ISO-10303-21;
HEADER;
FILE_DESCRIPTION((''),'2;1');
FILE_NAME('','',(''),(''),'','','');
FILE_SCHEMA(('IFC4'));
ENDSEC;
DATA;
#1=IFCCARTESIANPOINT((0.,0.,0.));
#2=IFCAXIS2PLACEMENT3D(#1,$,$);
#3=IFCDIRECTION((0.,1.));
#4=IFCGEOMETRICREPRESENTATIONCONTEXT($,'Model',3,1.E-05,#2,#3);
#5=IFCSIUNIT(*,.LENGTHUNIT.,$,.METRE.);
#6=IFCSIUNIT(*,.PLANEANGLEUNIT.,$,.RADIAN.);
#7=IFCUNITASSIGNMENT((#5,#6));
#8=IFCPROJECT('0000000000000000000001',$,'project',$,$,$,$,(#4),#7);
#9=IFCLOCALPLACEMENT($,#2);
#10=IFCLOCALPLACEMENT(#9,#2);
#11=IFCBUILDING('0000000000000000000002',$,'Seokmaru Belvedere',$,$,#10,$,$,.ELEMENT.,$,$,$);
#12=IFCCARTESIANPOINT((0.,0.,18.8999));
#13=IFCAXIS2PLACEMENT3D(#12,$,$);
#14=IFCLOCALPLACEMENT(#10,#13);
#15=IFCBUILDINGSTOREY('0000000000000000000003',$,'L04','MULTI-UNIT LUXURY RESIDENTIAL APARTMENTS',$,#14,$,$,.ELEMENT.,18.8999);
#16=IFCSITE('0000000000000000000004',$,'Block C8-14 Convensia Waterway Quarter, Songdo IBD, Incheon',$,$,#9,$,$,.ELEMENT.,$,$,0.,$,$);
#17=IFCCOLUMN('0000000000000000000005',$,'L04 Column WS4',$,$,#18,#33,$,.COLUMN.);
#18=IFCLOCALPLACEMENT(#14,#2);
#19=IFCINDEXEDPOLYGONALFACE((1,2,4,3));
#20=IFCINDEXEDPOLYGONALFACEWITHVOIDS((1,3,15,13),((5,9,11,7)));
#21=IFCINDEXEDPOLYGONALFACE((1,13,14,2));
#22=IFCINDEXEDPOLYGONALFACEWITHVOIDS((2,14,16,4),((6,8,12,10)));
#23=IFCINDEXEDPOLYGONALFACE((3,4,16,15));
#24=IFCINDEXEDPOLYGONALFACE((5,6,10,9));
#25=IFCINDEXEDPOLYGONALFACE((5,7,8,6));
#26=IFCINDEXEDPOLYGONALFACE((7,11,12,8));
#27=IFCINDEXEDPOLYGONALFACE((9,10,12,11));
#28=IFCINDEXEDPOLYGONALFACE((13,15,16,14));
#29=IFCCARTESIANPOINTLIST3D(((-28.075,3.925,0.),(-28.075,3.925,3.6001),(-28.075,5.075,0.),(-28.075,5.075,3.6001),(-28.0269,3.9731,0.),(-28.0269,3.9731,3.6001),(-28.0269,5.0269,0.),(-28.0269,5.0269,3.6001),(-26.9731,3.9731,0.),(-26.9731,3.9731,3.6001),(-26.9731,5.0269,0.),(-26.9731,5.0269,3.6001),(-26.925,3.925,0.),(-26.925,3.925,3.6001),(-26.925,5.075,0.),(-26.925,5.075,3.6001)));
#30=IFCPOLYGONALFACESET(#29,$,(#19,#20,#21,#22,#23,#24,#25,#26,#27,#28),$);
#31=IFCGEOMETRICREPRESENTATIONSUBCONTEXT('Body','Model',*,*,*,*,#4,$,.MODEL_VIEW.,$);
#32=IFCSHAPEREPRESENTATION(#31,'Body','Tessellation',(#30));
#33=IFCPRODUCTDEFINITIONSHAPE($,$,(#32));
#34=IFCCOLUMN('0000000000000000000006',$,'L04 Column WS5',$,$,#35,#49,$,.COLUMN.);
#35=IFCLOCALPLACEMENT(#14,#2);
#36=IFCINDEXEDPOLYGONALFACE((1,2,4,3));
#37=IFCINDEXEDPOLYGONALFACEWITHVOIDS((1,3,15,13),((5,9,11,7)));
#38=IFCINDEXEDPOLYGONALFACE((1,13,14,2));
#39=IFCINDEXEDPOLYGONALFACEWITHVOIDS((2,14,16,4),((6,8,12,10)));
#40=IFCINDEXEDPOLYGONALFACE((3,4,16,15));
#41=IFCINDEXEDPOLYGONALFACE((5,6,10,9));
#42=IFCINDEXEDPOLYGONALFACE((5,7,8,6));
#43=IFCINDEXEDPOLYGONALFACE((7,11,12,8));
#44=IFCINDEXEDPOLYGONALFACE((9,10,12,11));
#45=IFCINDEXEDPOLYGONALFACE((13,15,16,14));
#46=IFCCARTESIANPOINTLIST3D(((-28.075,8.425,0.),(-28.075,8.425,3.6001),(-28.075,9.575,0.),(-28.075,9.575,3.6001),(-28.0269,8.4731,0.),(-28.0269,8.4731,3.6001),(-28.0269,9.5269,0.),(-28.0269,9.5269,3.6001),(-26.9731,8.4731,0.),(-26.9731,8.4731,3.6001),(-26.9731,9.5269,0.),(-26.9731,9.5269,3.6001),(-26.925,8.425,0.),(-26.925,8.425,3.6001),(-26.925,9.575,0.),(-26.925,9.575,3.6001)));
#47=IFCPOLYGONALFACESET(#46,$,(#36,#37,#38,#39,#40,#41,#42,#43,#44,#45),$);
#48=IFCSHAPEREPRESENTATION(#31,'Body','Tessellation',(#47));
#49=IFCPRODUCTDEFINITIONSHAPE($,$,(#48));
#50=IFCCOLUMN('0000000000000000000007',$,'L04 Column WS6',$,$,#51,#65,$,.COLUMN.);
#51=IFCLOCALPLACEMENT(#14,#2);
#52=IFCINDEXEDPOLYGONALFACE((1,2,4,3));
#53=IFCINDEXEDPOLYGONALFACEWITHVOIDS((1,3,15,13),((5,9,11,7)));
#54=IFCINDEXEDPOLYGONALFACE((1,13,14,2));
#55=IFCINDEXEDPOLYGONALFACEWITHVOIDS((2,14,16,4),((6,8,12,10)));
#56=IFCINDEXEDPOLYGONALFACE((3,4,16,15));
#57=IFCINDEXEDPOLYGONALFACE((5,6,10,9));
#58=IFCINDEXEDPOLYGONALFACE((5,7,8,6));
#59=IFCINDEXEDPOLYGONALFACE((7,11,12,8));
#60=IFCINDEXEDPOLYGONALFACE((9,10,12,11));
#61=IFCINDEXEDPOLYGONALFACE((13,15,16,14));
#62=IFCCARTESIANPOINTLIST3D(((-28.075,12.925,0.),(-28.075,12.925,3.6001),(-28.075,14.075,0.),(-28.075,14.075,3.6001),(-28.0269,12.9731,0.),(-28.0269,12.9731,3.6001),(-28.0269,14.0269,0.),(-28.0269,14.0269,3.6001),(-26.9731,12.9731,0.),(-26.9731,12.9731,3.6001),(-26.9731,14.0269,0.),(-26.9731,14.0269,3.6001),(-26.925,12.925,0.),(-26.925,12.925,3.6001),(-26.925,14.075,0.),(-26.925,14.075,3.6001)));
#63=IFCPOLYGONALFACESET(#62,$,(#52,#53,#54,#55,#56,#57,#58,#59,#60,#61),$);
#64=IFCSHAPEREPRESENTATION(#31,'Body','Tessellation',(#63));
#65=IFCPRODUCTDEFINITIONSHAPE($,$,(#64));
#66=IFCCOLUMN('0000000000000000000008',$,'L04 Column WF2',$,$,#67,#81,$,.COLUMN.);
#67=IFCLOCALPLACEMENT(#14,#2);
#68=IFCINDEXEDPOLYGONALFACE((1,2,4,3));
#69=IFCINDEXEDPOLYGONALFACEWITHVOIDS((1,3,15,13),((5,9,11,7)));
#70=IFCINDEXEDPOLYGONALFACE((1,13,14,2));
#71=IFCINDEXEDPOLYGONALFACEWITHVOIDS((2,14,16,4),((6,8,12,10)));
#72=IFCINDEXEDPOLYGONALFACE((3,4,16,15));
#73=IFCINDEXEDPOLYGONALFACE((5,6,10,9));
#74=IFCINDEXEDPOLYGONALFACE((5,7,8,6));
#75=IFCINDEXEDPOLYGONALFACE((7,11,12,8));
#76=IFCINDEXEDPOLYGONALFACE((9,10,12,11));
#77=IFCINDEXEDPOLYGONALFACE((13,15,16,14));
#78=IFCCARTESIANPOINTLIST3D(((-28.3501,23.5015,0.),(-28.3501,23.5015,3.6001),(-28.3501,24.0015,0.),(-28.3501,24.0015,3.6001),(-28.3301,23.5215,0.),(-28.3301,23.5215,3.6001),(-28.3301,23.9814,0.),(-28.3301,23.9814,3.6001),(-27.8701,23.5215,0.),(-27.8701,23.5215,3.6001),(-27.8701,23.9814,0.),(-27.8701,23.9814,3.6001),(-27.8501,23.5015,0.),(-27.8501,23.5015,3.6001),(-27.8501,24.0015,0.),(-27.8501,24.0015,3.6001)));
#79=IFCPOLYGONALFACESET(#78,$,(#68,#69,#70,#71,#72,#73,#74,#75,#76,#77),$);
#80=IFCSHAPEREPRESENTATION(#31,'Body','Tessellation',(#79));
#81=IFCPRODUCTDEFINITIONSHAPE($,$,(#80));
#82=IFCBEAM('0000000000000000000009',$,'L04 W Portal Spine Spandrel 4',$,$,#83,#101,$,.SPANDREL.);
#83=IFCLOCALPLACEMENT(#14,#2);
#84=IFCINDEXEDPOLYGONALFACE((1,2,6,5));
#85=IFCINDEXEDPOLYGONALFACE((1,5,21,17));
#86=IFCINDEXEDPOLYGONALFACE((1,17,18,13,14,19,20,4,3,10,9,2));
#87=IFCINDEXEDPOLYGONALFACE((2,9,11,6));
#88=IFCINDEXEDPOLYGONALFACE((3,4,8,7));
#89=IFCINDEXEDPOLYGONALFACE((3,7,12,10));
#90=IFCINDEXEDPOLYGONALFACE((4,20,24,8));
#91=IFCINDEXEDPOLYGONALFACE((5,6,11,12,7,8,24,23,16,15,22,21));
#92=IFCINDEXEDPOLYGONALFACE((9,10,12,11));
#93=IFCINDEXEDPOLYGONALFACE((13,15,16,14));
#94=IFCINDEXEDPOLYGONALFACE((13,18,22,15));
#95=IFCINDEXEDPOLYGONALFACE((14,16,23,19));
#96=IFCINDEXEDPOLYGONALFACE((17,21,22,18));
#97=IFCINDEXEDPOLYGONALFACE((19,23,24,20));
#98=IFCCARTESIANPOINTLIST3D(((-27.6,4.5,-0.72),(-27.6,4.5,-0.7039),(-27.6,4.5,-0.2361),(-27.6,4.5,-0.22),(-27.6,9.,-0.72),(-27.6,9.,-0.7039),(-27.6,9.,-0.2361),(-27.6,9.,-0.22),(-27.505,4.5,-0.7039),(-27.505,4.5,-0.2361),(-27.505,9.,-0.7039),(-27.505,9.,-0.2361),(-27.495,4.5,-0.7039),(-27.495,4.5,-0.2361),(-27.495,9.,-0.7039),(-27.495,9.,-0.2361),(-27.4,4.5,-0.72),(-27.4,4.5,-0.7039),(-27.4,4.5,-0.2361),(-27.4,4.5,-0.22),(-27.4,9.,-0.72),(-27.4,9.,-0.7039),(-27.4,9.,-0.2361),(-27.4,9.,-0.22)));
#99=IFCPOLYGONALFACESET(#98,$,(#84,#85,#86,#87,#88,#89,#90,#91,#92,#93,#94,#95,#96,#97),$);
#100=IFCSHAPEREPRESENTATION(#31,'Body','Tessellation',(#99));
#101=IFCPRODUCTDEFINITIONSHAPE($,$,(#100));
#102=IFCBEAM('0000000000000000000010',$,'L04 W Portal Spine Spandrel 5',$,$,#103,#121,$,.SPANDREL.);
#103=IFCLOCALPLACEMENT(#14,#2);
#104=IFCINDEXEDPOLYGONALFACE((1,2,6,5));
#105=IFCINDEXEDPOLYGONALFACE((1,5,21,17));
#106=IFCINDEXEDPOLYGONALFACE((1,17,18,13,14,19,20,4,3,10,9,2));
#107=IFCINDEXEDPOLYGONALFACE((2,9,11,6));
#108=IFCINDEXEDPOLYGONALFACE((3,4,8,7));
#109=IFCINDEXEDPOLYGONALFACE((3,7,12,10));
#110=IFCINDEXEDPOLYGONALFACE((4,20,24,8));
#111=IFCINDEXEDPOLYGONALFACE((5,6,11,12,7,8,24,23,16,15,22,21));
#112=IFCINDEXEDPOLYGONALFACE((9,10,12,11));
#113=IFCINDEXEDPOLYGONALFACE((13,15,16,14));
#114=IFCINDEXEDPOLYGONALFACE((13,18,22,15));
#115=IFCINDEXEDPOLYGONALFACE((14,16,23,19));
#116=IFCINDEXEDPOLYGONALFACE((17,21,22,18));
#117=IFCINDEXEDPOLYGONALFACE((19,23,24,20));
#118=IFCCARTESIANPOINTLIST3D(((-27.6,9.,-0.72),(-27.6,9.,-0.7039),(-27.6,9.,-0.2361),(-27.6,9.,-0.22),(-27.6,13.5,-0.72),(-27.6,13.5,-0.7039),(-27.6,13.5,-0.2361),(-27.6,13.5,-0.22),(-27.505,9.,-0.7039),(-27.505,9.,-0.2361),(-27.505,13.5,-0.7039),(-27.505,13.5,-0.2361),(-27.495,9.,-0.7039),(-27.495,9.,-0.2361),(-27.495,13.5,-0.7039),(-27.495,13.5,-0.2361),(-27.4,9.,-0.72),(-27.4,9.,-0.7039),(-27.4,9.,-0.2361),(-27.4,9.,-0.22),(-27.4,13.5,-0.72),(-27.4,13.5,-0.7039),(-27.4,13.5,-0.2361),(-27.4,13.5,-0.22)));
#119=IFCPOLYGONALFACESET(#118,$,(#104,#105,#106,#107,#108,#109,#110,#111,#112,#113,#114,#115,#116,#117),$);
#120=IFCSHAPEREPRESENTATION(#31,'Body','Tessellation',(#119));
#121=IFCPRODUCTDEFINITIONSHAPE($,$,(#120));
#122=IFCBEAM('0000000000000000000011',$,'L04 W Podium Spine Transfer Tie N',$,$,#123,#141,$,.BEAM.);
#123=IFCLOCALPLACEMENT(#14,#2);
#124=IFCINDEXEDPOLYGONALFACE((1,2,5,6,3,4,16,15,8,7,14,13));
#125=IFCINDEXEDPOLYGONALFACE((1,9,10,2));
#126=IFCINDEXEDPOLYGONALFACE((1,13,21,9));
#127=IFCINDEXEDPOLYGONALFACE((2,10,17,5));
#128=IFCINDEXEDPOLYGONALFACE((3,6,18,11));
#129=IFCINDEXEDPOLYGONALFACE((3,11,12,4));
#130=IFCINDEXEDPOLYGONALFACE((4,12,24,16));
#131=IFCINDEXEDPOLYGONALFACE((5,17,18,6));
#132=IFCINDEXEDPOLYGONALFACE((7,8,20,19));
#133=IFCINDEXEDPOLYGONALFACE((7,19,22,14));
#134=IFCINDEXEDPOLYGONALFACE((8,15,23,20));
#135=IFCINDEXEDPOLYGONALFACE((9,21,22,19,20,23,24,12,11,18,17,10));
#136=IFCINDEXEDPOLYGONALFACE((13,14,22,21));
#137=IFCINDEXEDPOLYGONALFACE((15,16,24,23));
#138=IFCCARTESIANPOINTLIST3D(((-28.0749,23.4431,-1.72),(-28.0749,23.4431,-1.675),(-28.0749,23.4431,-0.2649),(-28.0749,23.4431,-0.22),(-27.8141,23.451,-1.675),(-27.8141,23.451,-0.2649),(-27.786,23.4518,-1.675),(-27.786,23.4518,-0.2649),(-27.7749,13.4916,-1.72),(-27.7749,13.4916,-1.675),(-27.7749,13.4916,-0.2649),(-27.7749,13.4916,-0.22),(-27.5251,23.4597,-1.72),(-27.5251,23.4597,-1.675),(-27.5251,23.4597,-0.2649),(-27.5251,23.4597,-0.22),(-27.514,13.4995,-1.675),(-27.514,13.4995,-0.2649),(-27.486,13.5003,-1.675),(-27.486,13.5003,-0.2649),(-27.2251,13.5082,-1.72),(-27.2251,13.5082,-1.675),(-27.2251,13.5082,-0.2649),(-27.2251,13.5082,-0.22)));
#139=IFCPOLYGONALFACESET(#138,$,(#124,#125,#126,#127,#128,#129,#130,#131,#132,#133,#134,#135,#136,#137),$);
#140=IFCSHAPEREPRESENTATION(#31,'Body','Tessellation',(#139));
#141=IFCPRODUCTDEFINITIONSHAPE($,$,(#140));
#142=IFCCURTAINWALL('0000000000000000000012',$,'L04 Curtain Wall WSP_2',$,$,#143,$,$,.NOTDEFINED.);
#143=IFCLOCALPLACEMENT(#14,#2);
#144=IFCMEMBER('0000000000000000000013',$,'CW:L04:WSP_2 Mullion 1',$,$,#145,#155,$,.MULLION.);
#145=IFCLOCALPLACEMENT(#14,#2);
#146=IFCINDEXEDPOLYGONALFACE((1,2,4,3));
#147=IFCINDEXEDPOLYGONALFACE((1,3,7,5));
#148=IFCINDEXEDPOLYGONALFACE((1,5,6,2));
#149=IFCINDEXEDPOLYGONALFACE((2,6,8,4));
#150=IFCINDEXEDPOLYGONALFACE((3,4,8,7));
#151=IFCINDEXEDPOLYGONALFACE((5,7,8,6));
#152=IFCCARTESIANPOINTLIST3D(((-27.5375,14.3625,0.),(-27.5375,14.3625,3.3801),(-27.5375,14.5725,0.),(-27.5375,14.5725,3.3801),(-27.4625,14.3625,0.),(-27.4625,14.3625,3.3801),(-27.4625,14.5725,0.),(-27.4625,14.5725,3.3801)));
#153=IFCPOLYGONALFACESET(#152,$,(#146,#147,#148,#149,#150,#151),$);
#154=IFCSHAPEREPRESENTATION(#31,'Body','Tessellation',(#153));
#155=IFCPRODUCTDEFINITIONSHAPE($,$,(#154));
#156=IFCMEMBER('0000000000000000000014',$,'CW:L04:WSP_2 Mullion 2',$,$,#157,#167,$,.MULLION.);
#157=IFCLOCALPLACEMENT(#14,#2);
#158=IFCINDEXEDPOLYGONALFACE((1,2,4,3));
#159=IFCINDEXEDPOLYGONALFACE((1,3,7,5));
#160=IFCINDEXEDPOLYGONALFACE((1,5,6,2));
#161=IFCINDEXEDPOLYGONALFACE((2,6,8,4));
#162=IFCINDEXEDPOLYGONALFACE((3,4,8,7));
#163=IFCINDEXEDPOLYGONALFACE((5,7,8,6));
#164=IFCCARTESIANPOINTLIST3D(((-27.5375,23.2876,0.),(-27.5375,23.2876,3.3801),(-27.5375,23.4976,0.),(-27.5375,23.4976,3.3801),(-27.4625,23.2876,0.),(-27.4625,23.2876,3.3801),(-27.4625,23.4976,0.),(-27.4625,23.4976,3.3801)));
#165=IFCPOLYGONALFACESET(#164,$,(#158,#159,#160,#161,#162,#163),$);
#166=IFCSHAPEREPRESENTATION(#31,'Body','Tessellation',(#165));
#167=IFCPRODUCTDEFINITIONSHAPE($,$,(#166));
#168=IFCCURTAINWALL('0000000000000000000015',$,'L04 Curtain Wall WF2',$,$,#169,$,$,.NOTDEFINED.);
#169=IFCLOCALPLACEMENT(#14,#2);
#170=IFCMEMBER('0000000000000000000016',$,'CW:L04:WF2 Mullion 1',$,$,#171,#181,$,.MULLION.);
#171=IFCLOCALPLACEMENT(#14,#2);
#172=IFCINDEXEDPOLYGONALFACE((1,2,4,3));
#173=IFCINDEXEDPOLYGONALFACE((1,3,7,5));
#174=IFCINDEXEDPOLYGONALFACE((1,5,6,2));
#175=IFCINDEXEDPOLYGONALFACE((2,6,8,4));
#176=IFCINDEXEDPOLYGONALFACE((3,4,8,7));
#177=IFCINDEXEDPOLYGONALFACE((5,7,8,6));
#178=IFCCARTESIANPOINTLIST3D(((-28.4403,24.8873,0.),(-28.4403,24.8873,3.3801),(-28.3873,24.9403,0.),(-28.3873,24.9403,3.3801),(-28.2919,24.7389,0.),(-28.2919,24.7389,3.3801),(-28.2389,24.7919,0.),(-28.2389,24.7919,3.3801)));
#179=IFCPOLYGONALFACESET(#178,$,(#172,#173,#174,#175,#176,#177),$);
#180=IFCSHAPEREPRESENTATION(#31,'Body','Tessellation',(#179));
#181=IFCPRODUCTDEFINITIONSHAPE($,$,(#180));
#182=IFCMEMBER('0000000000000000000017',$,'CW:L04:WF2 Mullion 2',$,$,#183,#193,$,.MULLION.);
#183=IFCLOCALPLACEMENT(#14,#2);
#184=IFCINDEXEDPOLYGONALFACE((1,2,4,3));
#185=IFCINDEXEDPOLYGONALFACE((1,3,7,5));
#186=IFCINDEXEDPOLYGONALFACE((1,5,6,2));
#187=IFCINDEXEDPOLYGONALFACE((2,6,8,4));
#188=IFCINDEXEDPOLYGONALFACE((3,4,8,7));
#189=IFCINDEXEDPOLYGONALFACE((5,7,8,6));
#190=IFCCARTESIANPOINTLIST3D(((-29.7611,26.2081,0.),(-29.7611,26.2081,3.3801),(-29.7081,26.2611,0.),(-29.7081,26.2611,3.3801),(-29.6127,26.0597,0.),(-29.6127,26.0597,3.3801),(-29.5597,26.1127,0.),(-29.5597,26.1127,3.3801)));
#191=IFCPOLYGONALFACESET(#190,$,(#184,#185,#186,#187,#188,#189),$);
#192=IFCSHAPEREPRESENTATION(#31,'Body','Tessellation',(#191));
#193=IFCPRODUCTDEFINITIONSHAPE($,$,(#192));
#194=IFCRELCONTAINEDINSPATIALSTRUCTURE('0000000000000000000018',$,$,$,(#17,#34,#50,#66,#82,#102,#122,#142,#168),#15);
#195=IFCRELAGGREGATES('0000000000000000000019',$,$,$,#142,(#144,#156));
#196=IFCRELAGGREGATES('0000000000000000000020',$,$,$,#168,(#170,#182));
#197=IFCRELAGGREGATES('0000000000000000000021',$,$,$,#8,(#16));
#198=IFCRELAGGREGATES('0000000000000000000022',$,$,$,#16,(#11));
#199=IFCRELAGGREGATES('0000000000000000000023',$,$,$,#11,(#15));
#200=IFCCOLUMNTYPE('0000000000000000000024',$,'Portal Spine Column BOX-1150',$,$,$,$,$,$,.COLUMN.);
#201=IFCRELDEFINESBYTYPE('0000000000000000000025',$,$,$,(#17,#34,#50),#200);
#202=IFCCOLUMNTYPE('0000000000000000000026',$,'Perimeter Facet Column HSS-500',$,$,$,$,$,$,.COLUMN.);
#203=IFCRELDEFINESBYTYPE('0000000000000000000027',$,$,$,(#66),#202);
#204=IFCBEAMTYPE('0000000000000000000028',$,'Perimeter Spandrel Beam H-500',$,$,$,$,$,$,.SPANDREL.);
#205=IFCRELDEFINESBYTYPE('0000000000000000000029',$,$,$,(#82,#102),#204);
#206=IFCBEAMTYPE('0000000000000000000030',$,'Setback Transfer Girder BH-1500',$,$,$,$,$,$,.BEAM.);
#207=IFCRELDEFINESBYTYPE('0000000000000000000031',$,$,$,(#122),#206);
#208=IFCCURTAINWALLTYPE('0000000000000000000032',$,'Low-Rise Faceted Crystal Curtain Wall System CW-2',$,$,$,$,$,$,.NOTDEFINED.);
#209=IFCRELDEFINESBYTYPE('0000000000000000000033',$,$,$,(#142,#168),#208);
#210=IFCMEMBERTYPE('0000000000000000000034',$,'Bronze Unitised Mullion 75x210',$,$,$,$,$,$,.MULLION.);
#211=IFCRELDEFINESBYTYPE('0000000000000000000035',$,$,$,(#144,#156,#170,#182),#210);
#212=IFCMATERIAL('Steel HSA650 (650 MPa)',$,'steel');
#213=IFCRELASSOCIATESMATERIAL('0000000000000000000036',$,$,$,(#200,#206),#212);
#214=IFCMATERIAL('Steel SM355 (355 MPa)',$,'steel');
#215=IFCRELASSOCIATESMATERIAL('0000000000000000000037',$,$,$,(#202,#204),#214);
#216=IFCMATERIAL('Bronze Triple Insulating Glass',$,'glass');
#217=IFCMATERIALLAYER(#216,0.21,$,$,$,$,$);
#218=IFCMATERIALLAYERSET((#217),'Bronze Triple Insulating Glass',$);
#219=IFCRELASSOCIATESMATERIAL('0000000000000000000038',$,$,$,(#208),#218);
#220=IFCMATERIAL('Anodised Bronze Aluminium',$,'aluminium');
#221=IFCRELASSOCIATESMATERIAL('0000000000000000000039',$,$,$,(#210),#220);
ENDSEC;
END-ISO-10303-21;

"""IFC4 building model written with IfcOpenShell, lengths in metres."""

from ifc_helpers import new_model, si_unit, direction, frame, origin, origin_2d, place, context, subcontext, project, spatial, rectangle, hollow_rectangle, i_section, extrude, source, transform, mapped, material, layer, layer_set, material_profile, profile_set, type_object, type_shapes, element, aggregate, save


model = new_model("IFC4")

# Units and contexts
model_context = context("Model", 3, precision=1e-05, world=origin(), true_north=direction((0.0, 1.0)))
body_context = subcontext(model_context, "Body", "Model", "MODEL_VIEW")
ifc_project = project(units=[si_unit("LENGTHUNIT", "METRE"), si_unit("PLANEANGLEUNIT", "RADIAN")], contexts=[model_context])

# Site, building, storey
site_placement = place(None, origin())
site = spatial("IfcSite", under=ifc_project, at=site_placement, Name="Block C8-14 Convensia Waterway Quarter, Songdo IBD, Incheon", CompositionType="ELEMENT", RefElevation=0.0)
building_placement = place(site_placement, origin())
building = spatial("IfcBuilding", under=site, at=building_placement, Name="Seokmaru Belvedere", CompositionType="ELEMENT")
storey_placement = place(building_placement, frame((0.0, 0.0, 18.8999)))
storey = spatial("IfcBuildingStorey", under=building, at=storey_placement, Name="L04", Description="MULTI-UNIT LUXURY RESIDENTIAL APARTMENTS", CompositionType="ELEMENT", Elevation=18.8999)

# Columns
ifc_material_1 = material(Name="Steel HSA650 (650 MPa)", Category="steel")
ifc_material_profile_1 = material_profile(ifc_material_1, hollow_rectangle(XDim=1.1499, YDim=1.1499, WallThickness=0.0481, at=origin_2d()), Name="BOX-1150x1150x48")
ifc_profile_set_1 = profile_set([ifc_material_profile_1], Name="Steel HSA650 (650 MPa)")
column_type_1 = type_object("IfcColumnType", Name="Portal Spine Column BOX-1150", PredefinedType="COLUMN", material=ifc_profile_set_1)
shared_shape_1 = source(origin(), body_context, "Body", "SweptSolid", [
    extrude(hollow_rectangle(XDim=1.1499, YDim=1.1499, WallThickness=0.0481, at=origin_2d()), origin(), (0.0, 0.0, 1.0), 3.6001),
])
type_shapes(column_type_1, [shared_shape_1])
for number, where, z_axis, x_axis, name in (
    (1, (-27.5, 4.5, 0.0), (0.0, 0.0, 1.0), (1.0, 0.0, 0.0), "L04 Column WS4"),
    (2, (-27.5, 9.0, 0.0), (0.0, 0.0, 1.0), (1.0, 0.0, 0.0), "L04 Column WS5"),
    (3, (-27.5, 13.5, 0.0), (0.0, 0.0, 1.0), (1.0, 0.0, 0.0), "L04 Column WS6"),
):
    element("IfcColumn", number, at=place(storey_placement, frame(where, z_axis=z_axis, x_axis=x_axis)), inside=storey, type_object=column_type_1, Name=name, PredefinedType="COLUMN", context=body_context, shape_type="MappedRepresentation", body=[
        mapped(shared_shape_1, transform((0.0, 0.0, 0.0), scale=1.0)),
    ])
ifc_material_2 = material(Name="Steel SM355 (355 MPa)", Category="steel")
ifc_material_profile_2 = material_profile(ifc_material_2, hollow_rectangle(XDim=0.5, YDim=0.5, WallThickness=0.02, at=origin_2d()), Name="HSS-500x500x20")
ifc_profile_set_2 = profile_set([ifc_material_profile_2], Name="Steel SM355 (355 MPa)")
column_type_2 = type_object("IfcColumnType", Name="Perimeter Facet Column HSS-500", PredefinedType="COLUMN", material=ifc_profile_set_2)
shared_shape_2 = source(origin(), body_context, "Body", "SweptSolid", [
    extrude(hollow_rectangle(XDim=0.5, YDim=0.5, WallThickness=0.02, at=origin_2d()), origin(), (0.0, 0.0, 1.0), 3.6001),
])
type_shapes(column_type_2, [shared_shape_2])
column_placement = place(storey_placement, frame((-28.1001, 23.7515, 0.0), z_axis=(0.0, 0.0, 1.0), x_axis=(1.0, 0.0, 0.0)))
element("IfcColumn", 4, at=column_placement, inside=storey, type_object=column_type_2, Name="L04 Column WF2", PredefinedType="COLUMN", context=body_context, shape_type="MappedRepresentation", body=[
    mapped(shared_shape_2, transform((0.0, 0.0, 0.0), scale=1.0)),
])

# Beams
ifc_material_profile_3 = material_profile(ifc_material_2, i_section(OverallWidth=0.2, OverallDepth=0.5, WebThickness=0.01, FlangeThickness=0.0161, at=origin_2d()), Name="H-500x200x10x16")
ifc_profile_set_3 = profile_set([ifc_material_profile_3], Name="Steel SM355 (355 MPa)")
beam_type_1 = type_object("IfcBeamType", Name="Perimeter Spandrel Beam H-500", PredefinedType="SPANDREL", material=ifc_profile_set_3)
shared_shape_3 = source(origin(), body_context, "Body", "SweptSolid", [
    extrude(i_section(OverallWidth=0.2, OverallDepth=0.5, WebThickness=0.01, FlangeThickness=0.0161, at=origin_2d()), origin(), (0.0, 0.0, 1.0), 4.5),
])
type_shapes(beam_type_1, [shared_shape_3])
for number, where, z_axis, x_axis, name in (
    (5, (-27.5, 4.5, -0.47), (0.0, 1.0, 0.0), (-1.0, 0.0, 0.0), "L04 W Portal Spine Spandrel 4"),
    (6, (-27.5, 9.0, -0.47), (0.0, 1.0, 0.0), (-1.0, 0.0, 0.0), "L04 W Portal Spine Spandrel 5"),
):
    element("IfcBeam", number, at=place(storey_placement, frame(where, z_axis=z_axis, x_axis=x_axis)), inside=storey, type_object=beam_type_1, Name=name, PredefinedType="SPANDREL", context=body_context, shape_type="MappedRepresentation", body=[
        mapped(shared_shape_3, transform((0.0, 0.0, 0.0), scale=1.0)),
    ])
ifc_material_profile_4 = material_profile(ifc_material_1, i_section(OverallWidth=0.55, OverallDepth=1.5, WebThickness=0.0281, FlangeThickness=0.0449, at=origin_2d()), Name="BH-1500x550x28x45")
ifc_profile_set_4 = profile_set([ifc_material_profile_4], Name="Steel HSA650 (650 MPa)")
beam_type_2 = type_object("IfcBeamType", Name="Setback Transfer Girder BH-1500", PredefinedType="BEAM", material=ifc_profile_set_4)
shared_shape_4 = source(origin(), body_context, "Body", "SweptSolid", [
    extrude(i_section(OverallWidth=0.55, OverallDepth=1.5, WebThickness=0.0281, FlangeThickness=0.0449, at=origin_2d()), origin(), (0.0, 0.0, 1.0), 9.9561),
])
type_shapes(beam_type_2, [shared_shape_4])
beam_placement = place(storey_placement, frame((-27.8, 23.4514, -0.97), z_axis=(0.030138, -0.999546, 0.0), x_axis=(0.999546, 0.030138, 0.0)))
element("IfcBeam", 7, at=beam_placement, inside=storey, type_object=beam_type_2, Name="L04 W Podium Spine Transfer Tie N", PredefinedType="BEAM", context=body_context, shape_type="MappedRepresentation", body=[
    mapped(shared_shape_4, transform((0.0, 0.0, 0.0), scale=1.0)),
])

# Curtain walls, members
ifc_material_3 = material(Name="Bronze Triple Insulating Glass", Category="glass")
ifc_layer_1 = layer(ifc_material_3, 0.21)
ifc_layer_set_1 = layer_set([ifc_layer_1], Name="Bronze Triple Insulating Glass")
curtain_wall_type = type_object("IfcCurtainWallType", Name="Low-Rise Faceted Crystal Curtain Wall System CW-2", PredefinedType="NOTDEFINED", material=ifc_layer_set_1)
curtain_wall_1_placement = place(storey_placement, origin())
curtain_wall_1 = element("IfcCurtainWall", 8, at=curtain_wall_1_placement, inside=storey, type_object=curtain_wall_type, Name="L04 Curtain Wall WSP_2", PredefinedType="NOTDEFINED")
ifc_material_4 = material(Name="Anodised Bronze Aluminium", Category="aluminium")
ifc_material_profile_5 = material_profile(ifc_material_4, rectangle(XDim=0.075, YDim=0.21, at=origin_2d()), Name="CW-M-75x210")
ifc_profile_set_5 = profile_set([ifc_material_profile_5], Name="Anodised Bronze Aluminium")
member_type_1 = type_object("IfcMemberType", Name="Bronze Unitised Mullion 75x210", PredefinedType="MULLION", material=ifc_profile_set_5)
shared_shape_5 = source(origin(), body_context, "Body", "SweptSolid", [
    extrude(rectangle(XDim=0.075, YDim=0.21, at=origin_2d()), origin(), (0.0, 0.0, 1.0), 3.3801),
])
type_shapes(member_type_1, [shared_shape_5])
member_1_placement = place(storey_placement, frame((-27.5, 14.4675, 0.0), z_axis=(0.0, 0.0, 1.0), x_axis=(-1.0, 0.0, 0.0)))
member_1 = element("IfcMember", 9, at=member_1_placement, type_object=member_type_1, Name="CW:L04:WSP_2 Mullion 1", PredefinedType="MULLION", context=body_context, shape_type="MappedRepresentation", body=[
    mapped(shared_shape_5, transform((0.0, 0.0, 0.0), scale=1.0)),
])
member_2_placement = place(storey_placement, frame((-27.5, 23.3926, 0.0), z_axis=(0.0, 0.0, 1.0), x_axis=(-1.0, 0.0, 0.0)))
member_2 = element("IfcMember", 10, at=member_2_placement, type_object=member_type_1, Name="CW:L04:WSP_2 Mullion 2", PredefinedType="MULLION", context=body_context, shape_type="MappedRepresentation", body=[
    mapped(shared_shape_5, transform((0.0, 0.0, 0.0), scale=1.0)),
])
curtain_wall_2_placement = place(storey_placement, origin())
curtain_wall_2 = element("IfcCurtainWall", 11, at=curtain_wall_2_placement, inside=storey, type_object=curtain_wall_type, Name="L04 Curtain Wall WF2", PredefinedType="NOTDEFINED")
member_3_placement = place(storey_placement, frame((-28.3396, 24.8396, 0.0), z_axis=(0.0, 0.0, 1.0), x_axis=(-0.707107, -0.707107, 0.0)))
member_3 = element("IfcMember", 12, at=member_3_placement, type_object=member_type_1, Name="CW:L04:WF2 Mullion 1", PredefinedType="MULLION", context=body_context, shape_type="MappedRepresentation", body=[
    mapped(shared_shape_5, transform((0.0, 0.0, 0.0), scale=1.0)),
])
member_4_placement = place(storey_placement, frame((-29.6604, 26.1604, 0.0), z_axis=(0.0, 0.0, 1.0), x_axis=(-0.707107, -0.707107, 0.0)))
member_4 = element("IfcMember", 13, at=member_4_placement, type_object=member_type_1, Name="CW:L04:WF2 Mullion 2", PredefinedType="MULLION", context=body_context, shape_type="MappedRepresentation", body=[
    mapped(shared_shape_5, transform((0.0, 0.0, 0.0), scale=1.0)),
])

aggregate(curtain_wall_1, [member_1, member_2])
aggregate(curtain_wall_2, [member_3, member_4])

save(model, "model.ifc")
